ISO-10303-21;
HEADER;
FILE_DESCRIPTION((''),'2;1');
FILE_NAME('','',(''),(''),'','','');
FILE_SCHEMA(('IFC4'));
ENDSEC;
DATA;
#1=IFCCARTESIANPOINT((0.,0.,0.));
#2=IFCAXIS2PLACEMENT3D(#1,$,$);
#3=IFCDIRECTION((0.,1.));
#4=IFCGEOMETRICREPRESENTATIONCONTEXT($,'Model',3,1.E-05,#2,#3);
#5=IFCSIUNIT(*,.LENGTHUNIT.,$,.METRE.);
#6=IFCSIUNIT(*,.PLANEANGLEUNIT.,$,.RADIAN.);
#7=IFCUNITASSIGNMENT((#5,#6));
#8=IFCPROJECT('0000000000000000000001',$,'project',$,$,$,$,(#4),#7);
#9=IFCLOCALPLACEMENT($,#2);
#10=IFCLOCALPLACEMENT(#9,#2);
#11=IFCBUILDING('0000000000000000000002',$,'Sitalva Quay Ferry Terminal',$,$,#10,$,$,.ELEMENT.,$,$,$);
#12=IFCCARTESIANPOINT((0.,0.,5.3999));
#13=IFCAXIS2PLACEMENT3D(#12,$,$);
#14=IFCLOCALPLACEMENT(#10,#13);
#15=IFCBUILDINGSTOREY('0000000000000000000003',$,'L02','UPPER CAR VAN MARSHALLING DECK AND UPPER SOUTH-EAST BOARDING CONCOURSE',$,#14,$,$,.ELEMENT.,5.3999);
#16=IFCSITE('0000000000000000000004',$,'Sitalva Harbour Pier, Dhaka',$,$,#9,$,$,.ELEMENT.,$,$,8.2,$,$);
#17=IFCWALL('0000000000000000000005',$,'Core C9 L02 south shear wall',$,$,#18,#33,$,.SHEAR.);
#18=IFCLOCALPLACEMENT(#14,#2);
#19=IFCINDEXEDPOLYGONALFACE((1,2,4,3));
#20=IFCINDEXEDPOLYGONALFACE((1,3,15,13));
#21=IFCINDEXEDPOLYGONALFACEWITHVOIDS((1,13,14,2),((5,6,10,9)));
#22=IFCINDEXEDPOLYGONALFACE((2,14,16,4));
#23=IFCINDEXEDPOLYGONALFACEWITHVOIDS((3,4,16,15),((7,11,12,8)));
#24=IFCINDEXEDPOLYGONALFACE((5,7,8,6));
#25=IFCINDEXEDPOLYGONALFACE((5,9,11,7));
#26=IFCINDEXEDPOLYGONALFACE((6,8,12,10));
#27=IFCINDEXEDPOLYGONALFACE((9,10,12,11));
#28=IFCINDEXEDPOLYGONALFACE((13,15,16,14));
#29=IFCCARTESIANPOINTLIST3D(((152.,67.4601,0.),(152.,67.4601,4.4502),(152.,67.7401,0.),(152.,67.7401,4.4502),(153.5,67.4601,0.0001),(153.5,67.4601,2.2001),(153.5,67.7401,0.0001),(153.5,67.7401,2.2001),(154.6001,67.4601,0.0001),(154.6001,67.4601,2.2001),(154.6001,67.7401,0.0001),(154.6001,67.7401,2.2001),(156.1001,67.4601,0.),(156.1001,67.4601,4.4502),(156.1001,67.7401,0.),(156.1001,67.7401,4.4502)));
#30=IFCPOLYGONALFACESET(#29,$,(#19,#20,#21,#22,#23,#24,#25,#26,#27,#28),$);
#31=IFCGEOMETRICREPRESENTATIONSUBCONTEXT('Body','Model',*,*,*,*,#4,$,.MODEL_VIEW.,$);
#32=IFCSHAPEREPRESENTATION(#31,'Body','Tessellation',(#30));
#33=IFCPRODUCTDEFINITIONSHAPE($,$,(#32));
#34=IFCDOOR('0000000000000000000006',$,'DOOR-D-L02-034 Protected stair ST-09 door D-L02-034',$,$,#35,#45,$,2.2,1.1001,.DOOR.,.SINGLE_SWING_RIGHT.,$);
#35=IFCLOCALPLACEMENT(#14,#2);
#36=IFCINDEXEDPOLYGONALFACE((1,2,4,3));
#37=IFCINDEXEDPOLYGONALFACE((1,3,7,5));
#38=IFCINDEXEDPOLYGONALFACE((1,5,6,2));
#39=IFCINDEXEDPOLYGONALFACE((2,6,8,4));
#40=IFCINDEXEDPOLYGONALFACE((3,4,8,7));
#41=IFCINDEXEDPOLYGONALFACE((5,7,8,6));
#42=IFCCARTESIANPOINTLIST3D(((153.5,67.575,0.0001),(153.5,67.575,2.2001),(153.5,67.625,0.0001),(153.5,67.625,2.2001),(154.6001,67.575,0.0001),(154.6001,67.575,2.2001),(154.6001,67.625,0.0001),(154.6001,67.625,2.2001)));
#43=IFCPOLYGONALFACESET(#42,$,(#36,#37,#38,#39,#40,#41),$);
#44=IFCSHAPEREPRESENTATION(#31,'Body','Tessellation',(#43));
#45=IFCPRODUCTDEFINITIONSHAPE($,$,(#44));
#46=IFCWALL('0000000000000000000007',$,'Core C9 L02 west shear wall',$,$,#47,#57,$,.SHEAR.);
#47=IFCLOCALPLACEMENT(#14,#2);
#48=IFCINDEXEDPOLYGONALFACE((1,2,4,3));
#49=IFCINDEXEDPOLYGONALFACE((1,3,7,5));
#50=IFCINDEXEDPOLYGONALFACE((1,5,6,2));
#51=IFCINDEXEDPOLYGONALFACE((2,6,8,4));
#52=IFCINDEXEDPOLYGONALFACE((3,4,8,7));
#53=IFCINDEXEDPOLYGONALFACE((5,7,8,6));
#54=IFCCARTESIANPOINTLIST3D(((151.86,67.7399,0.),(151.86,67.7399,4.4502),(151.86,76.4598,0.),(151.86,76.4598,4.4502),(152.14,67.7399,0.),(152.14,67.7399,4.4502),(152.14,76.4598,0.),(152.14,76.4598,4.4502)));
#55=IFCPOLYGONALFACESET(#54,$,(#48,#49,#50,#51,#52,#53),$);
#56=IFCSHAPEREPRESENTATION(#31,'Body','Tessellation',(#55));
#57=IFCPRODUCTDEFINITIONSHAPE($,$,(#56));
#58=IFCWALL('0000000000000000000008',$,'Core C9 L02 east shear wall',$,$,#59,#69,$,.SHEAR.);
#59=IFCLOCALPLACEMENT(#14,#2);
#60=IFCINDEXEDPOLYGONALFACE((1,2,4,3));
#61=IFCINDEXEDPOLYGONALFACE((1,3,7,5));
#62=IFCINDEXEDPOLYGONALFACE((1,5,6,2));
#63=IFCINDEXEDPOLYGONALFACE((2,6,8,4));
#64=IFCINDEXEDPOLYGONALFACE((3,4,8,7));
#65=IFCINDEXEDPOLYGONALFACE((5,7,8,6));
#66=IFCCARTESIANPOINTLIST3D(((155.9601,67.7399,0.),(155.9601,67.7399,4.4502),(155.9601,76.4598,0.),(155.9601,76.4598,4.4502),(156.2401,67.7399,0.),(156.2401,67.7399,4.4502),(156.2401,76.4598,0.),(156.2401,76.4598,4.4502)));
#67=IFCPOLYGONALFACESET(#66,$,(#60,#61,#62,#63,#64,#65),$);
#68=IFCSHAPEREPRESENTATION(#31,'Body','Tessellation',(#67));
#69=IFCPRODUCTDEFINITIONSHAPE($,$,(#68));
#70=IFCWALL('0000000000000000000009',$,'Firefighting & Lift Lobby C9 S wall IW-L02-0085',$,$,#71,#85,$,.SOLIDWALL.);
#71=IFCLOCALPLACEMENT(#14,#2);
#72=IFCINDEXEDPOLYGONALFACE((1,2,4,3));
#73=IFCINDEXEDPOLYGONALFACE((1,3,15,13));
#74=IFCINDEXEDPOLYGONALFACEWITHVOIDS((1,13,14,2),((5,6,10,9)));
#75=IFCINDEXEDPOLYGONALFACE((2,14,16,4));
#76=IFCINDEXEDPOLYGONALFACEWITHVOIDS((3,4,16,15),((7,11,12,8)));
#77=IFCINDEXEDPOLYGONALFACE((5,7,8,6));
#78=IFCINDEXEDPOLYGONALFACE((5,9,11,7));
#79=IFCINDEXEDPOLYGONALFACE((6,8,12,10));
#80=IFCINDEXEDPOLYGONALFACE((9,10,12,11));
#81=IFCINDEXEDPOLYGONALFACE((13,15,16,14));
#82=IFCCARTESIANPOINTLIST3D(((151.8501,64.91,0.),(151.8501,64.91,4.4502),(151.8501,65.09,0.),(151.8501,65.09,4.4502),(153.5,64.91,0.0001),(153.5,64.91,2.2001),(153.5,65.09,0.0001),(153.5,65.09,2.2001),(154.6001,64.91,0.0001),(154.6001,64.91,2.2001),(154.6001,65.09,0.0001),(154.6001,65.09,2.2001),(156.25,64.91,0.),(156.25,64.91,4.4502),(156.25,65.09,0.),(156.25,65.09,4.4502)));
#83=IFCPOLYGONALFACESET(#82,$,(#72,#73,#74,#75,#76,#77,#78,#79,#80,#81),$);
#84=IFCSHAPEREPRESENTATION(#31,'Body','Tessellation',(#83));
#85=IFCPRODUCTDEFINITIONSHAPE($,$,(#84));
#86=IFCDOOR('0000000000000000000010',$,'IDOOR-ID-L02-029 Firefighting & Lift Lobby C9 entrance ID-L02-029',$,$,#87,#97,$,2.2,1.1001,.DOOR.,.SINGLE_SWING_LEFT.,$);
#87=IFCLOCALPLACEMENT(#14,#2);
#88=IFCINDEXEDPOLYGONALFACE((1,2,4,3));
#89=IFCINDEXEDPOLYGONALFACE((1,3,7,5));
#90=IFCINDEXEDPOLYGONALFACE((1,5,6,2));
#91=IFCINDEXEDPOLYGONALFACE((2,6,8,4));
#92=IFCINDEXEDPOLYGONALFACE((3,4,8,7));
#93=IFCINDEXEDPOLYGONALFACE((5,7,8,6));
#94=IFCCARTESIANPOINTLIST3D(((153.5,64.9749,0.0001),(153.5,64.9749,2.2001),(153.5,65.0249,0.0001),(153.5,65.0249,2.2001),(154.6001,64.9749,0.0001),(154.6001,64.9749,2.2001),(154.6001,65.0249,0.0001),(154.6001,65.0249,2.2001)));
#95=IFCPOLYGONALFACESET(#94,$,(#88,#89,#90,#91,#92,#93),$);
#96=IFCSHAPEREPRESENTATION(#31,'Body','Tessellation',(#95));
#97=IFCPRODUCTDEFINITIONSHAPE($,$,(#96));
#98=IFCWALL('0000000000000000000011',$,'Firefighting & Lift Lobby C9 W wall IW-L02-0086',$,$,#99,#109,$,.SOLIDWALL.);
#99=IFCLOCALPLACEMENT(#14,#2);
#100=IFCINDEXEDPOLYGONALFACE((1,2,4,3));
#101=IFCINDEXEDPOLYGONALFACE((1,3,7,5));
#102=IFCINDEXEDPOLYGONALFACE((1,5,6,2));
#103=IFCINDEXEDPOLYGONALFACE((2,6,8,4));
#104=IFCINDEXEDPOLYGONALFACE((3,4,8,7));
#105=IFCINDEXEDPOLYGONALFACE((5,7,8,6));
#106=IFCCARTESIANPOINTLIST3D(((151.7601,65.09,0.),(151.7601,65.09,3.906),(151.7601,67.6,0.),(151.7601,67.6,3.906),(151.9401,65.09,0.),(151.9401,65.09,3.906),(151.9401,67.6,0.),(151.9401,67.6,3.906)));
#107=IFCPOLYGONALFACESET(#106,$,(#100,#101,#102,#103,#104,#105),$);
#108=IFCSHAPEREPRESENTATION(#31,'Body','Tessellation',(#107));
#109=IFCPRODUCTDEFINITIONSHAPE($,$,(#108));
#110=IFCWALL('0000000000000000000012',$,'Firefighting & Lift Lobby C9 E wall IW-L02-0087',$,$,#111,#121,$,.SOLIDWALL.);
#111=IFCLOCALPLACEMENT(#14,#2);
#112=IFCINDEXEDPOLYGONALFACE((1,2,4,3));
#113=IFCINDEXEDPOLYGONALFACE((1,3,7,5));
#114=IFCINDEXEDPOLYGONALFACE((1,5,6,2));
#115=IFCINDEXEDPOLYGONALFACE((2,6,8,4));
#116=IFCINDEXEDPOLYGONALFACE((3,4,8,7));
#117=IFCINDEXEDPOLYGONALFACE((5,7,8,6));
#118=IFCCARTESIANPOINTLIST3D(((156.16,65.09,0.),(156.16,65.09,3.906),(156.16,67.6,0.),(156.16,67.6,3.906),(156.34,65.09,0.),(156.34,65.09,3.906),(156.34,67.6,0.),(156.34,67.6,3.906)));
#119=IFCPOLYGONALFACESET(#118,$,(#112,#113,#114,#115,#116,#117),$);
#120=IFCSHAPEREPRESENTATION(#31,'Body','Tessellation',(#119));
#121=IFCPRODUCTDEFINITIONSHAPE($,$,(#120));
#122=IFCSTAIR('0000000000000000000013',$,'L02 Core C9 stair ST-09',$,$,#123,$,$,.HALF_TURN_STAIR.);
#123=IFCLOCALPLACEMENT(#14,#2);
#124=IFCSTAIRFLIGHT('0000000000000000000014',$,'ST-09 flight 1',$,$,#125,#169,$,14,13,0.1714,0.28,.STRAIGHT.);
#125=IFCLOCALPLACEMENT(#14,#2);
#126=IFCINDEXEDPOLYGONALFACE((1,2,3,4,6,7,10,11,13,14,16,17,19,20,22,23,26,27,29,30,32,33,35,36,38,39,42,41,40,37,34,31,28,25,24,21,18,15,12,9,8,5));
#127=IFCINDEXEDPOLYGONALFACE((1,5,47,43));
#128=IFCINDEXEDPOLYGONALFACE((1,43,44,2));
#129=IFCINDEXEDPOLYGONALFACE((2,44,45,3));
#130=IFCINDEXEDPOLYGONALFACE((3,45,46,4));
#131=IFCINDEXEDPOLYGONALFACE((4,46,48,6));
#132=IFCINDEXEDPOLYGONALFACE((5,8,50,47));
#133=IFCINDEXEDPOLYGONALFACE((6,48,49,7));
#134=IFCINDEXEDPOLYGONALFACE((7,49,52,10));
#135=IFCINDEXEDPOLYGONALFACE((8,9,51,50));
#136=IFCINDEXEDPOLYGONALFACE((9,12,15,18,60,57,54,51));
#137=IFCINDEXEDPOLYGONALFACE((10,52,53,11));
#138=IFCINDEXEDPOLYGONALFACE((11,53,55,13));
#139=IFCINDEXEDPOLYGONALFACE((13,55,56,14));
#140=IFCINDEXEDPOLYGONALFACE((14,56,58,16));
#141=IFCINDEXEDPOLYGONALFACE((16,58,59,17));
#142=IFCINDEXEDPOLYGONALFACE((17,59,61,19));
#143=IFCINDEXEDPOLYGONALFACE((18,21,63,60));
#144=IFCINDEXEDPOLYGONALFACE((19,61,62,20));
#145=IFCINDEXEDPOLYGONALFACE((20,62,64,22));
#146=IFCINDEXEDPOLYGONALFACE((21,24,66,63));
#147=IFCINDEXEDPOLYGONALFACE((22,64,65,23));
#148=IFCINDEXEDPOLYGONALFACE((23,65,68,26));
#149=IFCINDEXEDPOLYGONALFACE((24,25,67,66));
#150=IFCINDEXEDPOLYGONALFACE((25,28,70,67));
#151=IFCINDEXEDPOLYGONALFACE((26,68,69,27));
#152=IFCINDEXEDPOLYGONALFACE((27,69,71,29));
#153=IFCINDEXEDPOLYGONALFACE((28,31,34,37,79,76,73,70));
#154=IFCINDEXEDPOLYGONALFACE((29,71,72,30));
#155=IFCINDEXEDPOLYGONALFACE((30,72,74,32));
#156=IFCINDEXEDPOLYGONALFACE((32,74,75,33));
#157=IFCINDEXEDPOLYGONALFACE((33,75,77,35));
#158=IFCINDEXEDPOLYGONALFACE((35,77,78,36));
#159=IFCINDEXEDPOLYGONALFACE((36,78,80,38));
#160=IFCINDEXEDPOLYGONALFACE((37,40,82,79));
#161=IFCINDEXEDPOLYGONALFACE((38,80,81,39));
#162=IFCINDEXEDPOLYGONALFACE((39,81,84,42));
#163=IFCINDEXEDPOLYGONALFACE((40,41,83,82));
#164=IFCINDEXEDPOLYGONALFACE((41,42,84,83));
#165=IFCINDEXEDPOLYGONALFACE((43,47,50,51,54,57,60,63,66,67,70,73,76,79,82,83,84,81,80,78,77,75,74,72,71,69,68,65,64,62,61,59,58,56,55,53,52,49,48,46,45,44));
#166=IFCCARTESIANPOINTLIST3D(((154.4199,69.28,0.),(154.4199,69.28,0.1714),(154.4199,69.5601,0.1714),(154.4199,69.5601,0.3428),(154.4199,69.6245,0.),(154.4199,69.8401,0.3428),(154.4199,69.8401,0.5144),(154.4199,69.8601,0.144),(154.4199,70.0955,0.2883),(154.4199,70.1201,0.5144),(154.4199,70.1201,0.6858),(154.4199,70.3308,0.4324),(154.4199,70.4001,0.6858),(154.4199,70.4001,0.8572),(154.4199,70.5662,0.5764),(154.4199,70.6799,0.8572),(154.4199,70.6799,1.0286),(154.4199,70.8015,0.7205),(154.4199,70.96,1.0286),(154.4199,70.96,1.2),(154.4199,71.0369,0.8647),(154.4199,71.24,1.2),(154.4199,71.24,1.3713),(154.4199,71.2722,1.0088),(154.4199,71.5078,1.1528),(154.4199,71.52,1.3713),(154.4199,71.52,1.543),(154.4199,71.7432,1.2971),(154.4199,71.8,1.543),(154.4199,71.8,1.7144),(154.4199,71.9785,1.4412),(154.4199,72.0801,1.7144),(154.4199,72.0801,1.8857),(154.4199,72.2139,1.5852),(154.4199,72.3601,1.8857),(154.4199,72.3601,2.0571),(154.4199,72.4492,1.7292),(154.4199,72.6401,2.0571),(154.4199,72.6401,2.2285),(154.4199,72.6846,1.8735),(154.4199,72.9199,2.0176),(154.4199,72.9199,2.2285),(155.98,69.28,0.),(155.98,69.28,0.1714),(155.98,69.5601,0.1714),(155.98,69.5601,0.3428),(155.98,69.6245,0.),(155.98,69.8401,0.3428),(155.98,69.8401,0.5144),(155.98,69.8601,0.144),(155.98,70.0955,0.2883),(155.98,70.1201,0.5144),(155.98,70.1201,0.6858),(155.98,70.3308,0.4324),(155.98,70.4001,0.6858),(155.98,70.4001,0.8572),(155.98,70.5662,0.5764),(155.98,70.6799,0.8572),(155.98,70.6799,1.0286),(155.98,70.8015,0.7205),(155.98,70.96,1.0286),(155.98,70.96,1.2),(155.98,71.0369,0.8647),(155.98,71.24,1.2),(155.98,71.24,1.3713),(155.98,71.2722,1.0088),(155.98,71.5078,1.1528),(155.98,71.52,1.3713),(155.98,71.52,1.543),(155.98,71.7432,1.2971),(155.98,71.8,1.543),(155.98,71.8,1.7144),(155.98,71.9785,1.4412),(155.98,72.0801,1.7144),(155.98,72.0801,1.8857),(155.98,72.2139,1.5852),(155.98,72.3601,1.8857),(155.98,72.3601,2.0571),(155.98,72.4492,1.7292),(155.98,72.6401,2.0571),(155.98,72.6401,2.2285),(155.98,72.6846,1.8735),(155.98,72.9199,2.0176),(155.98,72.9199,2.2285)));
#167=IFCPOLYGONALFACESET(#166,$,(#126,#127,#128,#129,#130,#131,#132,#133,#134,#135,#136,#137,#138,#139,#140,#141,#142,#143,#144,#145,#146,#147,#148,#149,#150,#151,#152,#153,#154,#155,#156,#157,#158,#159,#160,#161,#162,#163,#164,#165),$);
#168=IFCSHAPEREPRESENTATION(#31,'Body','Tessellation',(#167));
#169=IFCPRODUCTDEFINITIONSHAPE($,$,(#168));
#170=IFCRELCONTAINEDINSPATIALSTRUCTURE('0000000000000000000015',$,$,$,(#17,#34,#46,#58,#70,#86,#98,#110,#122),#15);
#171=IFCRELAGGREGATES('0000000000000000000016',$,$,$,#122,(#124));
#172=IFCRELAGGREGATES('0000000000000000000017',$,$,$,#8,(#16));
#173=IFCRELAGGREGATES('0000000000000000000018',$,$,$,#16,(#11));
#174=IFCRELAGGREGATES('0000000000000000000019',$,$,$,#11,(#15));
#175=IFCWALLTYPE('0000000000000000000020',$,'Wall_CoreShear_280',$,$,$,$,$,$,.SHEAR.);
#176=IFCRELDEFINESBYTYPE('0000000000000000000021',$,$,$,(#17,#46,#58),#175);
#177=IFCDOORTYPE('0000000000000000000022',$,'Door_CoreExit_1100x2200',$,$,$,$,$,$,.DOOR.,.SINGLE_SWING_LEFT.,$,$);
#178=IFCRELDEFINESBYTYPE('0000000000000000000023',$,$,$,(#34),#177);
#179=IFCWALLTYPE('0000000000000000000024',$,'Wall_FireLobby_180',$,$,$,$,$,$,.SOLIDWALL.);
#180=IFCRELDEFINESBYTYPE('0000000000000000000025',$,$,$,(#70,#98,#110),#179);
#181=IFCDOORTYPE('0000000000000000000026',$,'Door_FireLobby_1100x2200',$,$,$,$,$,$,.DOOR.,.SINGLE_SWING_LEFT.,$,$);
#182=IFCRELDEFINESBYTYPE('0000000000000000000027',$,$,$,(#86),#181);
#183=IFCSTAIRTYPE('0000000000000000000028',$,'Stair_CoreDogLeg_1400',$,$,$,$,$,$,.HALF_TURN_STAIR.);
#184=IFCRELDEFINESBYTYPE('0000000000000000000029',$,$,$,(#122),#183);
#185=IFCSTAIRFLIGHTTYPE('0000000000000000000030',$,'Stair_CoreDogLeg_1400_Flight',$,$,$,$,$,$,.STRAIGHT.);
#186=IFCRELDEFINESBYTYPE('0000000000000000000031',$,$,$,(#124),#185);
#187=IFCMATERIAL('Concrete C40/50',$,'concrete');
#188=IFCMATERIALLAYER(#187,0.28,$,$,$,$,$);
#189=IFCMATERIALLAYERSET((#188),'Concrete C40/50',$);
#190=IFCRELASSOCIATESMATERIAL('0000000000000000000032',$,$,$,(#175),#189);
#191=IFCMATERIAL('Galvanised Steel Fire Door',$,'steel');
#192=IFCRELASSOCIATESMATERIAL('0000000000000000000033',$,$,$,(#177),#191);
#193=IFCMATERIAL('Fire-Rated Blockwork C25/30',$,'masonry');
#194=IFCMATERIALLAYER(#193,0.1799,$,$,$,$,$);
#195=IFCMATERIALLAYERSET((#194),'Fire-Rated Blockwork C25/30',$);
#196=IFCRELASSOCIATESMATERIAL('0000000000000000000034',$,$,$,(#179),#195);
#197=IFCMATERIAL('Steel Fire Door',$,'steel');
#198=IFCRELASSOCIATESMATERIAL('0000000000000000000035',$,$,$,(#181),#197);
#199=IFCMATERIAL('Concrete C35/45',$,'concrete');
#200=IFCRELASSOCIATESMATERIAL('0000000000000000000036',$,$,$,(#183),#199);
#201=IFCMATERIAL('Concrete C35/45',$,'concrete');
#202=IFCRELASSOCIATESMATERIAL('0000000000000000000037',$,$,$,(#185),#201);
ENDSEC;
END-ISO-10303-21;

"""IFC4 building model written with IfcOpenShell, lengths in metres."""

from ifc_helpers import new_model, si_unit, direction, frame, frame_2d, origin, place, context, subcontext, project, spatial, polyline, rectangle, outline, extrude, material, layer, layer_set, type_object, element, fill, aggregate, save


model = new_model("IFC4")

# Units and contexts
model_context = context("Model", 3, precision=1e-05, world=origin(), true_north=direction((0.0, 1.0)))
body_context = subcontext(model_context, "Body", "Model", "MODEL_VIEW")
ifc_project = project(units=[si_unit("LENGTHUNIT", "METRE"), si_unit("PLANEANGLEUNIT", "RADIAN")], contexts=[model_context])

# Site, building, storey
site_placement = place(None, origin())
site = spatial("IfcSite", under=ifc_project, at=site_placement, Name="Sitalva Harbour Pier, Dhaka", CompositionType="ELEMENT", RefElevation=8.2)
building_placement = place(site_placement, origin())
building = spatial("IfcBuilding", under=site, at=building_placement, Name="Sitalva Quay Ferry Terminal", CompositionType="ELEMENT")
storey_placement = place(building_placement, frame((0.0, 0.0, 5.3999)))
storey = spatial("IfcBuildingStorey", under=building, at=storey_placement, Name="L02", Description="UPPER CAR VAN MARSHALLING DECK AND UPPER SOUTH-EAST BOARDING CONCOURSE", CompositionType="ELEMENT", Elevation=5.3999)

# Wall, opening, door
ifc_material_1 = material(Name="Concrete C40/50", Category="concrete")
ifc_layer_1 = layer(ifc_material_1, 0.28)
ifc_layer_set_1 = layer_set([ifc_layer_1], Name="Concrete C40/50")
wall_type_1 = type_object("IfcWallType", Name="Wall_CoreShear_280", PredefinedType="SHEAR", material=ifc_layer_set_1)
wall_1_placement = place(storey_placement, frame((152.0, 67.6001, 0.0), z_axis=(0.0, 0.0, 1.0), x_axis=(1.0, 0.0, 0.0)))
wall_1 = element("IfcWall", 1, at=wall_1_placement, inside=storey, type_object=wall_type_1, Name="Core C9 L02 south shear wall", PredefinedType="SHEAR", context=body_context, shape_type="SweptSolid", body=[
    extrude(rectangle(XDim=4.1001, YDim=0.28, at=frame_2d((2.05, 0.0))), origin(), (0.0, 0.0, 1.0), 4.4502),
])
opening_1_placement = place(wall_1_placement, frame((1.5, 0.0, 0.0)))
opening_1 = element("IfcOpeningElement", 2, at=opening_1_placement, cuts=wall_1, PredefinedType="OPENING", context=body_context, shape_type="SweptSolid", body=[
    extrude(rectangle(XDim=1.1001, YDim=2.2, at=frame_2d((0.55, 1.1001))), frame((0.0, 0.1499, 0.0), z_axis=(0.0, -1.0, 0.0), x_axis=(1.0, 0.0, 0.0)), (0.0, 0.0, 1.0), 0.3),
])
ifc_material_2 = material(Name="Galvanised Steel Fire Door", Category="steel")
door_type_1 = type_object("IfcDoorType", Name="Door_CoreExit_1100x2200", OperationType="SINGLE_SWING_LEFT", PredefinedType="DOOR", material=ifc_material_2)
door_1_placement = place(opening_1_placement, origin())
door_1 = element("IfcDoor", 3, at=door_1_placement, inside=storey, type_object=door_type_1, Name="DOOR-D-L02-034 Protected stair ST-09 door D-L02-034", OperationType="SINGLE_SWING_RIGHT", OverallHeight=2.2, OverallWidth=1.1001, PredefinedType="DOOR", context=body_context, shape_type="SweptSolid", body=[
    extrude(rectangle(XDim=1.1001, YDim=2.2, at=frame_2d((0.55, 1.1001))), frame((0.0, 0.0249, 0.0), z_axis=(0.0, -1.0, 0.0), x_axis=(1.0, 0.0, 0.0)), (0.0, 0.0, 1.0), 0.05),
])
fill(opening_1, door_1)

# Walls
for number, where, z_axis, x_axis, name in (
    (4, (152.0, 67.74, 0.0), (0.0, 0.0, 1.0), (0.0, 1.0, 0.0), "Core C9 L02 west shear wall"),
    (5, (156.1001, 67.74, 0.0), (0.0, 0.0, 1.0), (0.0, 1.0, 0.0), "Core C9 L02 east shear wall"),
):
    element("IfcWall", number, at=place(storey_placement, frame(where, z_axis=z_axis, x_axis=x_axis)), inside=storey, type_object=wall_type_1, Name=name, PredefinedType="SHEAR", context=body_context, shape_type="SweptSolid", body=[
        extrude(rectangle(XDim=8.72, YDim=0.28, at=frame_2d((4.3599, 0.0))), origin(), (0.0, 0.0, 1.0), 4.4502),
    ])

# Wall, opening, door
ifc_material_3 = material(Name="Fire-Rated Blockwork C25/30", Category="masonry")
ifc_layer_2 = layer(ifc_material_3, 0.1799)
ifc_layer_set_2 = layer_set([ifc_layer_2], Name="Fire-Rated Blockwork C25/30")
wall_type_2 = type_object("IfcWallType", Name="Wall_FireLobby_180", PredefinedType="SOLIDWALL", material=ifc_layer_set_2)
wall_2_placement = place(storey_placement, frame((151.8501, 65.0, 0.0), z_axis=(0.0, 0.0, 1.0), x_axis=(1.0, 0.0, 0.0)))
wall_2 = element("IfcWall", 6, at=wall_2_placement, inside=storey, type_object=wall_type_2, Name="Firefighting & Lift Lobby C9 S wall IW-L02-0085", PredefinedType="SOLIDWALL", context=body_context, shape_type="SweptSolid", body=[
    extrude(rectangle(XDim=4.3999, YDim=0.1799, at=frame_2d((2.2, 0.0))), origin(), (0.0, 0.0, 1.0), 4.4502),
])
opening_2_placement = place(wall_2_placement, frame((1.6499, 0.0, 0.0)))
opening_2 = element("IfcOpeningElement", 7, at=opening_2_placement, cuts=wall_2, PredefinedType="OPENING", context=body_context, shape_type="SweptSolid", body=[
    extrude(rectangle(XDim=1.1001, YDim=2.2, at=frame_2d((0.55, 1.1001))), frame((0.0, 0.0999, 0.0), z_axis=(0.0, -1.0, 0.0), x_axis=(1.0, 0.0, 0.0)), (0.0, 0.0, 1.0), 0.2),
])
ifc_material_4 = material(Name="Steel Fire Door", Category="steel")
door_type_2 = type_object("IfcDoorType", Name="Door_FireLobby_1100x2200", OperationType="SINGLE_SWING_LEFT", PredefinedType="DOOR", material=ifc_material_4)
door_2_placement = place(opening_2_placement, origin())
door_2 = element("IfcDoor", 8, at=door_2_placement, inside=storey, type_object=door_type_2, Name="IDOOR-ID-L02-029 Firefighting & Lift Lobby C9 entrance ID-L02-029", OperationType="SINGLE_SWING_LEFT", OverallHeight=2.2, OverallWidth=1.1001, PredefinedType="DOOR", context=body_context, shape_type="SweptSolid", body=[
    extrude(rectangle(XDim=1.1001, YDim=2.2, at=frame_2d((0.55, 1.1001))), frame((0.0, 0.0249, 0.0), z_axis=(0.0, -1.0, 0.0), x_axis=(1.0, 0.0, 0.0)), (0.0, 0.0, 1.0), 0.05),
])
fill(opening_2, door_2)

# Walls
for number, where, z_axis, x_axis, name in (
    (9, (151.8501, 65.0901, 0.0), (0.0, 0.0, 1.0), (0.0, 1.0, 0.0), "Firefighting & Lift Lobby C9 W wall IW-L02-0086"),
    (10, (156.25, 65.0901, 0.0), (0.0, 0.0, 1.0), (0.0, 1.0, 0.0), "Firefighting & Lift Lobby C9 E wall IW-L02-0087"),
):
    element("IfcWall", number, at=place(storey_placement, frame(where, z_axis=z_axis, x_axis=x_axis)), inside=storey, type_object=wall_type_2, Name=name, PredefinedType="SOLIDWALL", context=body_context, shape_type="SweptSolid", body=[
        extrude(rectangle(XDim=2.51, YDim=0.1799, at=frame_2d((1.2549, 0.0))), origin(), (0.0, 0.0, 1.0), 3.906),
    ])

# Stair, stair flight
ifc_material_5 = material(Name="Concrete C35/45", Category="concrete")
stair_type = type_object("IfcStairType", Name="Stair_CoreDogLeg_1400", PredefinedType="HALF_TURN_STAIR", material=ifc_material_5)
stair_placement = place(storey_placement, origin())
stair = element("IfcStair", 11, at=stair_placement, inside=storey, type_object=stair_type, Name="L02 Core C9 stair ST-09", PredefinedType="HALF_TURN_STAIR")
ifc_material_6 = material(Name="Concrete C35/45", Category="concrete")
stair_flight_type = type_object("IfcStairFlightType", Name="Stair_CoreDogLeg_1400_Flight", PredefinedType="STRAIGHT", material=ifc_material_6)
stair_flight_placement = place(storey_placement, frame((155.2, 69.28, 0.0), z_axis=(0.0, 0.0, 1.0), x_axis=(0.0, 1.0, 0.0)))
stair_flight = element("IfcStairFlight", 12, at=stair_flight_placement, type_object=stair_flight_type, Name="ST-09 flight 1", NumberOfRisers=14, NumberOfTreads=13, PredefinedType="STRAIGHT", RiserHeight=0.1714, TreadLength=0.28, context=body_context, shape_type="SweptSolid", body=[
    extrude(outline(polyline([(0.0, 0.0), (0.0, 0.1714), (0.28, 0.1714), (0.28, 0.3428), (0.5601, 0.3428), (0.5601, 0.5144), (0.8401, 0.5144), (0.8401, 0.6858), (1.1201, 0.6858), (1.1201, 0.8572), (1.3999, 0.8572), (1.3999, 1.0286), (1.6799, 1.0286), (1.6799, 1.2), (1.96, 1.2), (1.96, 1.3713), (2.24, 1.3713), (2.24, 1.543), (2.52, 1.543), (2.52, 1.7144), (2.8, 1.7144), (2.8, 1.8857), (3.0801, 1.8857), (3.0801, 2.0571), (3.3601, 2.0571), (3.3601, 2.2285), (3.6399, 2.2285), (3.6399, 2.3999), (3.6399, 2.0176), (3.4045, 1.8735), (3.1692, 1.7292), (2.9338, 1.5852), (2.6985, 1.4412), (2.4631, 1.2971), (2.2278, 1.1528), (1.9922, 1.0088), (1.7568, 0.8647), (1.5215, 0.7205), (1.2861, 0.5764), (1.0508, 0.4324), (0.8154, 0.2883), (0.5801, 0.144), (0.3445, 0.0), (0.0, 0.0)])), frame((0.0, 0.78, 0.0), z_axis=(0.0, -1.0, 0.0), x_axis=(1.0, 0.0, 0.0)), (0.0, 0.0, 1.0), 1.5601),
])
aggregate(stair, [stair_flight])

save(model, "model.ifc")
